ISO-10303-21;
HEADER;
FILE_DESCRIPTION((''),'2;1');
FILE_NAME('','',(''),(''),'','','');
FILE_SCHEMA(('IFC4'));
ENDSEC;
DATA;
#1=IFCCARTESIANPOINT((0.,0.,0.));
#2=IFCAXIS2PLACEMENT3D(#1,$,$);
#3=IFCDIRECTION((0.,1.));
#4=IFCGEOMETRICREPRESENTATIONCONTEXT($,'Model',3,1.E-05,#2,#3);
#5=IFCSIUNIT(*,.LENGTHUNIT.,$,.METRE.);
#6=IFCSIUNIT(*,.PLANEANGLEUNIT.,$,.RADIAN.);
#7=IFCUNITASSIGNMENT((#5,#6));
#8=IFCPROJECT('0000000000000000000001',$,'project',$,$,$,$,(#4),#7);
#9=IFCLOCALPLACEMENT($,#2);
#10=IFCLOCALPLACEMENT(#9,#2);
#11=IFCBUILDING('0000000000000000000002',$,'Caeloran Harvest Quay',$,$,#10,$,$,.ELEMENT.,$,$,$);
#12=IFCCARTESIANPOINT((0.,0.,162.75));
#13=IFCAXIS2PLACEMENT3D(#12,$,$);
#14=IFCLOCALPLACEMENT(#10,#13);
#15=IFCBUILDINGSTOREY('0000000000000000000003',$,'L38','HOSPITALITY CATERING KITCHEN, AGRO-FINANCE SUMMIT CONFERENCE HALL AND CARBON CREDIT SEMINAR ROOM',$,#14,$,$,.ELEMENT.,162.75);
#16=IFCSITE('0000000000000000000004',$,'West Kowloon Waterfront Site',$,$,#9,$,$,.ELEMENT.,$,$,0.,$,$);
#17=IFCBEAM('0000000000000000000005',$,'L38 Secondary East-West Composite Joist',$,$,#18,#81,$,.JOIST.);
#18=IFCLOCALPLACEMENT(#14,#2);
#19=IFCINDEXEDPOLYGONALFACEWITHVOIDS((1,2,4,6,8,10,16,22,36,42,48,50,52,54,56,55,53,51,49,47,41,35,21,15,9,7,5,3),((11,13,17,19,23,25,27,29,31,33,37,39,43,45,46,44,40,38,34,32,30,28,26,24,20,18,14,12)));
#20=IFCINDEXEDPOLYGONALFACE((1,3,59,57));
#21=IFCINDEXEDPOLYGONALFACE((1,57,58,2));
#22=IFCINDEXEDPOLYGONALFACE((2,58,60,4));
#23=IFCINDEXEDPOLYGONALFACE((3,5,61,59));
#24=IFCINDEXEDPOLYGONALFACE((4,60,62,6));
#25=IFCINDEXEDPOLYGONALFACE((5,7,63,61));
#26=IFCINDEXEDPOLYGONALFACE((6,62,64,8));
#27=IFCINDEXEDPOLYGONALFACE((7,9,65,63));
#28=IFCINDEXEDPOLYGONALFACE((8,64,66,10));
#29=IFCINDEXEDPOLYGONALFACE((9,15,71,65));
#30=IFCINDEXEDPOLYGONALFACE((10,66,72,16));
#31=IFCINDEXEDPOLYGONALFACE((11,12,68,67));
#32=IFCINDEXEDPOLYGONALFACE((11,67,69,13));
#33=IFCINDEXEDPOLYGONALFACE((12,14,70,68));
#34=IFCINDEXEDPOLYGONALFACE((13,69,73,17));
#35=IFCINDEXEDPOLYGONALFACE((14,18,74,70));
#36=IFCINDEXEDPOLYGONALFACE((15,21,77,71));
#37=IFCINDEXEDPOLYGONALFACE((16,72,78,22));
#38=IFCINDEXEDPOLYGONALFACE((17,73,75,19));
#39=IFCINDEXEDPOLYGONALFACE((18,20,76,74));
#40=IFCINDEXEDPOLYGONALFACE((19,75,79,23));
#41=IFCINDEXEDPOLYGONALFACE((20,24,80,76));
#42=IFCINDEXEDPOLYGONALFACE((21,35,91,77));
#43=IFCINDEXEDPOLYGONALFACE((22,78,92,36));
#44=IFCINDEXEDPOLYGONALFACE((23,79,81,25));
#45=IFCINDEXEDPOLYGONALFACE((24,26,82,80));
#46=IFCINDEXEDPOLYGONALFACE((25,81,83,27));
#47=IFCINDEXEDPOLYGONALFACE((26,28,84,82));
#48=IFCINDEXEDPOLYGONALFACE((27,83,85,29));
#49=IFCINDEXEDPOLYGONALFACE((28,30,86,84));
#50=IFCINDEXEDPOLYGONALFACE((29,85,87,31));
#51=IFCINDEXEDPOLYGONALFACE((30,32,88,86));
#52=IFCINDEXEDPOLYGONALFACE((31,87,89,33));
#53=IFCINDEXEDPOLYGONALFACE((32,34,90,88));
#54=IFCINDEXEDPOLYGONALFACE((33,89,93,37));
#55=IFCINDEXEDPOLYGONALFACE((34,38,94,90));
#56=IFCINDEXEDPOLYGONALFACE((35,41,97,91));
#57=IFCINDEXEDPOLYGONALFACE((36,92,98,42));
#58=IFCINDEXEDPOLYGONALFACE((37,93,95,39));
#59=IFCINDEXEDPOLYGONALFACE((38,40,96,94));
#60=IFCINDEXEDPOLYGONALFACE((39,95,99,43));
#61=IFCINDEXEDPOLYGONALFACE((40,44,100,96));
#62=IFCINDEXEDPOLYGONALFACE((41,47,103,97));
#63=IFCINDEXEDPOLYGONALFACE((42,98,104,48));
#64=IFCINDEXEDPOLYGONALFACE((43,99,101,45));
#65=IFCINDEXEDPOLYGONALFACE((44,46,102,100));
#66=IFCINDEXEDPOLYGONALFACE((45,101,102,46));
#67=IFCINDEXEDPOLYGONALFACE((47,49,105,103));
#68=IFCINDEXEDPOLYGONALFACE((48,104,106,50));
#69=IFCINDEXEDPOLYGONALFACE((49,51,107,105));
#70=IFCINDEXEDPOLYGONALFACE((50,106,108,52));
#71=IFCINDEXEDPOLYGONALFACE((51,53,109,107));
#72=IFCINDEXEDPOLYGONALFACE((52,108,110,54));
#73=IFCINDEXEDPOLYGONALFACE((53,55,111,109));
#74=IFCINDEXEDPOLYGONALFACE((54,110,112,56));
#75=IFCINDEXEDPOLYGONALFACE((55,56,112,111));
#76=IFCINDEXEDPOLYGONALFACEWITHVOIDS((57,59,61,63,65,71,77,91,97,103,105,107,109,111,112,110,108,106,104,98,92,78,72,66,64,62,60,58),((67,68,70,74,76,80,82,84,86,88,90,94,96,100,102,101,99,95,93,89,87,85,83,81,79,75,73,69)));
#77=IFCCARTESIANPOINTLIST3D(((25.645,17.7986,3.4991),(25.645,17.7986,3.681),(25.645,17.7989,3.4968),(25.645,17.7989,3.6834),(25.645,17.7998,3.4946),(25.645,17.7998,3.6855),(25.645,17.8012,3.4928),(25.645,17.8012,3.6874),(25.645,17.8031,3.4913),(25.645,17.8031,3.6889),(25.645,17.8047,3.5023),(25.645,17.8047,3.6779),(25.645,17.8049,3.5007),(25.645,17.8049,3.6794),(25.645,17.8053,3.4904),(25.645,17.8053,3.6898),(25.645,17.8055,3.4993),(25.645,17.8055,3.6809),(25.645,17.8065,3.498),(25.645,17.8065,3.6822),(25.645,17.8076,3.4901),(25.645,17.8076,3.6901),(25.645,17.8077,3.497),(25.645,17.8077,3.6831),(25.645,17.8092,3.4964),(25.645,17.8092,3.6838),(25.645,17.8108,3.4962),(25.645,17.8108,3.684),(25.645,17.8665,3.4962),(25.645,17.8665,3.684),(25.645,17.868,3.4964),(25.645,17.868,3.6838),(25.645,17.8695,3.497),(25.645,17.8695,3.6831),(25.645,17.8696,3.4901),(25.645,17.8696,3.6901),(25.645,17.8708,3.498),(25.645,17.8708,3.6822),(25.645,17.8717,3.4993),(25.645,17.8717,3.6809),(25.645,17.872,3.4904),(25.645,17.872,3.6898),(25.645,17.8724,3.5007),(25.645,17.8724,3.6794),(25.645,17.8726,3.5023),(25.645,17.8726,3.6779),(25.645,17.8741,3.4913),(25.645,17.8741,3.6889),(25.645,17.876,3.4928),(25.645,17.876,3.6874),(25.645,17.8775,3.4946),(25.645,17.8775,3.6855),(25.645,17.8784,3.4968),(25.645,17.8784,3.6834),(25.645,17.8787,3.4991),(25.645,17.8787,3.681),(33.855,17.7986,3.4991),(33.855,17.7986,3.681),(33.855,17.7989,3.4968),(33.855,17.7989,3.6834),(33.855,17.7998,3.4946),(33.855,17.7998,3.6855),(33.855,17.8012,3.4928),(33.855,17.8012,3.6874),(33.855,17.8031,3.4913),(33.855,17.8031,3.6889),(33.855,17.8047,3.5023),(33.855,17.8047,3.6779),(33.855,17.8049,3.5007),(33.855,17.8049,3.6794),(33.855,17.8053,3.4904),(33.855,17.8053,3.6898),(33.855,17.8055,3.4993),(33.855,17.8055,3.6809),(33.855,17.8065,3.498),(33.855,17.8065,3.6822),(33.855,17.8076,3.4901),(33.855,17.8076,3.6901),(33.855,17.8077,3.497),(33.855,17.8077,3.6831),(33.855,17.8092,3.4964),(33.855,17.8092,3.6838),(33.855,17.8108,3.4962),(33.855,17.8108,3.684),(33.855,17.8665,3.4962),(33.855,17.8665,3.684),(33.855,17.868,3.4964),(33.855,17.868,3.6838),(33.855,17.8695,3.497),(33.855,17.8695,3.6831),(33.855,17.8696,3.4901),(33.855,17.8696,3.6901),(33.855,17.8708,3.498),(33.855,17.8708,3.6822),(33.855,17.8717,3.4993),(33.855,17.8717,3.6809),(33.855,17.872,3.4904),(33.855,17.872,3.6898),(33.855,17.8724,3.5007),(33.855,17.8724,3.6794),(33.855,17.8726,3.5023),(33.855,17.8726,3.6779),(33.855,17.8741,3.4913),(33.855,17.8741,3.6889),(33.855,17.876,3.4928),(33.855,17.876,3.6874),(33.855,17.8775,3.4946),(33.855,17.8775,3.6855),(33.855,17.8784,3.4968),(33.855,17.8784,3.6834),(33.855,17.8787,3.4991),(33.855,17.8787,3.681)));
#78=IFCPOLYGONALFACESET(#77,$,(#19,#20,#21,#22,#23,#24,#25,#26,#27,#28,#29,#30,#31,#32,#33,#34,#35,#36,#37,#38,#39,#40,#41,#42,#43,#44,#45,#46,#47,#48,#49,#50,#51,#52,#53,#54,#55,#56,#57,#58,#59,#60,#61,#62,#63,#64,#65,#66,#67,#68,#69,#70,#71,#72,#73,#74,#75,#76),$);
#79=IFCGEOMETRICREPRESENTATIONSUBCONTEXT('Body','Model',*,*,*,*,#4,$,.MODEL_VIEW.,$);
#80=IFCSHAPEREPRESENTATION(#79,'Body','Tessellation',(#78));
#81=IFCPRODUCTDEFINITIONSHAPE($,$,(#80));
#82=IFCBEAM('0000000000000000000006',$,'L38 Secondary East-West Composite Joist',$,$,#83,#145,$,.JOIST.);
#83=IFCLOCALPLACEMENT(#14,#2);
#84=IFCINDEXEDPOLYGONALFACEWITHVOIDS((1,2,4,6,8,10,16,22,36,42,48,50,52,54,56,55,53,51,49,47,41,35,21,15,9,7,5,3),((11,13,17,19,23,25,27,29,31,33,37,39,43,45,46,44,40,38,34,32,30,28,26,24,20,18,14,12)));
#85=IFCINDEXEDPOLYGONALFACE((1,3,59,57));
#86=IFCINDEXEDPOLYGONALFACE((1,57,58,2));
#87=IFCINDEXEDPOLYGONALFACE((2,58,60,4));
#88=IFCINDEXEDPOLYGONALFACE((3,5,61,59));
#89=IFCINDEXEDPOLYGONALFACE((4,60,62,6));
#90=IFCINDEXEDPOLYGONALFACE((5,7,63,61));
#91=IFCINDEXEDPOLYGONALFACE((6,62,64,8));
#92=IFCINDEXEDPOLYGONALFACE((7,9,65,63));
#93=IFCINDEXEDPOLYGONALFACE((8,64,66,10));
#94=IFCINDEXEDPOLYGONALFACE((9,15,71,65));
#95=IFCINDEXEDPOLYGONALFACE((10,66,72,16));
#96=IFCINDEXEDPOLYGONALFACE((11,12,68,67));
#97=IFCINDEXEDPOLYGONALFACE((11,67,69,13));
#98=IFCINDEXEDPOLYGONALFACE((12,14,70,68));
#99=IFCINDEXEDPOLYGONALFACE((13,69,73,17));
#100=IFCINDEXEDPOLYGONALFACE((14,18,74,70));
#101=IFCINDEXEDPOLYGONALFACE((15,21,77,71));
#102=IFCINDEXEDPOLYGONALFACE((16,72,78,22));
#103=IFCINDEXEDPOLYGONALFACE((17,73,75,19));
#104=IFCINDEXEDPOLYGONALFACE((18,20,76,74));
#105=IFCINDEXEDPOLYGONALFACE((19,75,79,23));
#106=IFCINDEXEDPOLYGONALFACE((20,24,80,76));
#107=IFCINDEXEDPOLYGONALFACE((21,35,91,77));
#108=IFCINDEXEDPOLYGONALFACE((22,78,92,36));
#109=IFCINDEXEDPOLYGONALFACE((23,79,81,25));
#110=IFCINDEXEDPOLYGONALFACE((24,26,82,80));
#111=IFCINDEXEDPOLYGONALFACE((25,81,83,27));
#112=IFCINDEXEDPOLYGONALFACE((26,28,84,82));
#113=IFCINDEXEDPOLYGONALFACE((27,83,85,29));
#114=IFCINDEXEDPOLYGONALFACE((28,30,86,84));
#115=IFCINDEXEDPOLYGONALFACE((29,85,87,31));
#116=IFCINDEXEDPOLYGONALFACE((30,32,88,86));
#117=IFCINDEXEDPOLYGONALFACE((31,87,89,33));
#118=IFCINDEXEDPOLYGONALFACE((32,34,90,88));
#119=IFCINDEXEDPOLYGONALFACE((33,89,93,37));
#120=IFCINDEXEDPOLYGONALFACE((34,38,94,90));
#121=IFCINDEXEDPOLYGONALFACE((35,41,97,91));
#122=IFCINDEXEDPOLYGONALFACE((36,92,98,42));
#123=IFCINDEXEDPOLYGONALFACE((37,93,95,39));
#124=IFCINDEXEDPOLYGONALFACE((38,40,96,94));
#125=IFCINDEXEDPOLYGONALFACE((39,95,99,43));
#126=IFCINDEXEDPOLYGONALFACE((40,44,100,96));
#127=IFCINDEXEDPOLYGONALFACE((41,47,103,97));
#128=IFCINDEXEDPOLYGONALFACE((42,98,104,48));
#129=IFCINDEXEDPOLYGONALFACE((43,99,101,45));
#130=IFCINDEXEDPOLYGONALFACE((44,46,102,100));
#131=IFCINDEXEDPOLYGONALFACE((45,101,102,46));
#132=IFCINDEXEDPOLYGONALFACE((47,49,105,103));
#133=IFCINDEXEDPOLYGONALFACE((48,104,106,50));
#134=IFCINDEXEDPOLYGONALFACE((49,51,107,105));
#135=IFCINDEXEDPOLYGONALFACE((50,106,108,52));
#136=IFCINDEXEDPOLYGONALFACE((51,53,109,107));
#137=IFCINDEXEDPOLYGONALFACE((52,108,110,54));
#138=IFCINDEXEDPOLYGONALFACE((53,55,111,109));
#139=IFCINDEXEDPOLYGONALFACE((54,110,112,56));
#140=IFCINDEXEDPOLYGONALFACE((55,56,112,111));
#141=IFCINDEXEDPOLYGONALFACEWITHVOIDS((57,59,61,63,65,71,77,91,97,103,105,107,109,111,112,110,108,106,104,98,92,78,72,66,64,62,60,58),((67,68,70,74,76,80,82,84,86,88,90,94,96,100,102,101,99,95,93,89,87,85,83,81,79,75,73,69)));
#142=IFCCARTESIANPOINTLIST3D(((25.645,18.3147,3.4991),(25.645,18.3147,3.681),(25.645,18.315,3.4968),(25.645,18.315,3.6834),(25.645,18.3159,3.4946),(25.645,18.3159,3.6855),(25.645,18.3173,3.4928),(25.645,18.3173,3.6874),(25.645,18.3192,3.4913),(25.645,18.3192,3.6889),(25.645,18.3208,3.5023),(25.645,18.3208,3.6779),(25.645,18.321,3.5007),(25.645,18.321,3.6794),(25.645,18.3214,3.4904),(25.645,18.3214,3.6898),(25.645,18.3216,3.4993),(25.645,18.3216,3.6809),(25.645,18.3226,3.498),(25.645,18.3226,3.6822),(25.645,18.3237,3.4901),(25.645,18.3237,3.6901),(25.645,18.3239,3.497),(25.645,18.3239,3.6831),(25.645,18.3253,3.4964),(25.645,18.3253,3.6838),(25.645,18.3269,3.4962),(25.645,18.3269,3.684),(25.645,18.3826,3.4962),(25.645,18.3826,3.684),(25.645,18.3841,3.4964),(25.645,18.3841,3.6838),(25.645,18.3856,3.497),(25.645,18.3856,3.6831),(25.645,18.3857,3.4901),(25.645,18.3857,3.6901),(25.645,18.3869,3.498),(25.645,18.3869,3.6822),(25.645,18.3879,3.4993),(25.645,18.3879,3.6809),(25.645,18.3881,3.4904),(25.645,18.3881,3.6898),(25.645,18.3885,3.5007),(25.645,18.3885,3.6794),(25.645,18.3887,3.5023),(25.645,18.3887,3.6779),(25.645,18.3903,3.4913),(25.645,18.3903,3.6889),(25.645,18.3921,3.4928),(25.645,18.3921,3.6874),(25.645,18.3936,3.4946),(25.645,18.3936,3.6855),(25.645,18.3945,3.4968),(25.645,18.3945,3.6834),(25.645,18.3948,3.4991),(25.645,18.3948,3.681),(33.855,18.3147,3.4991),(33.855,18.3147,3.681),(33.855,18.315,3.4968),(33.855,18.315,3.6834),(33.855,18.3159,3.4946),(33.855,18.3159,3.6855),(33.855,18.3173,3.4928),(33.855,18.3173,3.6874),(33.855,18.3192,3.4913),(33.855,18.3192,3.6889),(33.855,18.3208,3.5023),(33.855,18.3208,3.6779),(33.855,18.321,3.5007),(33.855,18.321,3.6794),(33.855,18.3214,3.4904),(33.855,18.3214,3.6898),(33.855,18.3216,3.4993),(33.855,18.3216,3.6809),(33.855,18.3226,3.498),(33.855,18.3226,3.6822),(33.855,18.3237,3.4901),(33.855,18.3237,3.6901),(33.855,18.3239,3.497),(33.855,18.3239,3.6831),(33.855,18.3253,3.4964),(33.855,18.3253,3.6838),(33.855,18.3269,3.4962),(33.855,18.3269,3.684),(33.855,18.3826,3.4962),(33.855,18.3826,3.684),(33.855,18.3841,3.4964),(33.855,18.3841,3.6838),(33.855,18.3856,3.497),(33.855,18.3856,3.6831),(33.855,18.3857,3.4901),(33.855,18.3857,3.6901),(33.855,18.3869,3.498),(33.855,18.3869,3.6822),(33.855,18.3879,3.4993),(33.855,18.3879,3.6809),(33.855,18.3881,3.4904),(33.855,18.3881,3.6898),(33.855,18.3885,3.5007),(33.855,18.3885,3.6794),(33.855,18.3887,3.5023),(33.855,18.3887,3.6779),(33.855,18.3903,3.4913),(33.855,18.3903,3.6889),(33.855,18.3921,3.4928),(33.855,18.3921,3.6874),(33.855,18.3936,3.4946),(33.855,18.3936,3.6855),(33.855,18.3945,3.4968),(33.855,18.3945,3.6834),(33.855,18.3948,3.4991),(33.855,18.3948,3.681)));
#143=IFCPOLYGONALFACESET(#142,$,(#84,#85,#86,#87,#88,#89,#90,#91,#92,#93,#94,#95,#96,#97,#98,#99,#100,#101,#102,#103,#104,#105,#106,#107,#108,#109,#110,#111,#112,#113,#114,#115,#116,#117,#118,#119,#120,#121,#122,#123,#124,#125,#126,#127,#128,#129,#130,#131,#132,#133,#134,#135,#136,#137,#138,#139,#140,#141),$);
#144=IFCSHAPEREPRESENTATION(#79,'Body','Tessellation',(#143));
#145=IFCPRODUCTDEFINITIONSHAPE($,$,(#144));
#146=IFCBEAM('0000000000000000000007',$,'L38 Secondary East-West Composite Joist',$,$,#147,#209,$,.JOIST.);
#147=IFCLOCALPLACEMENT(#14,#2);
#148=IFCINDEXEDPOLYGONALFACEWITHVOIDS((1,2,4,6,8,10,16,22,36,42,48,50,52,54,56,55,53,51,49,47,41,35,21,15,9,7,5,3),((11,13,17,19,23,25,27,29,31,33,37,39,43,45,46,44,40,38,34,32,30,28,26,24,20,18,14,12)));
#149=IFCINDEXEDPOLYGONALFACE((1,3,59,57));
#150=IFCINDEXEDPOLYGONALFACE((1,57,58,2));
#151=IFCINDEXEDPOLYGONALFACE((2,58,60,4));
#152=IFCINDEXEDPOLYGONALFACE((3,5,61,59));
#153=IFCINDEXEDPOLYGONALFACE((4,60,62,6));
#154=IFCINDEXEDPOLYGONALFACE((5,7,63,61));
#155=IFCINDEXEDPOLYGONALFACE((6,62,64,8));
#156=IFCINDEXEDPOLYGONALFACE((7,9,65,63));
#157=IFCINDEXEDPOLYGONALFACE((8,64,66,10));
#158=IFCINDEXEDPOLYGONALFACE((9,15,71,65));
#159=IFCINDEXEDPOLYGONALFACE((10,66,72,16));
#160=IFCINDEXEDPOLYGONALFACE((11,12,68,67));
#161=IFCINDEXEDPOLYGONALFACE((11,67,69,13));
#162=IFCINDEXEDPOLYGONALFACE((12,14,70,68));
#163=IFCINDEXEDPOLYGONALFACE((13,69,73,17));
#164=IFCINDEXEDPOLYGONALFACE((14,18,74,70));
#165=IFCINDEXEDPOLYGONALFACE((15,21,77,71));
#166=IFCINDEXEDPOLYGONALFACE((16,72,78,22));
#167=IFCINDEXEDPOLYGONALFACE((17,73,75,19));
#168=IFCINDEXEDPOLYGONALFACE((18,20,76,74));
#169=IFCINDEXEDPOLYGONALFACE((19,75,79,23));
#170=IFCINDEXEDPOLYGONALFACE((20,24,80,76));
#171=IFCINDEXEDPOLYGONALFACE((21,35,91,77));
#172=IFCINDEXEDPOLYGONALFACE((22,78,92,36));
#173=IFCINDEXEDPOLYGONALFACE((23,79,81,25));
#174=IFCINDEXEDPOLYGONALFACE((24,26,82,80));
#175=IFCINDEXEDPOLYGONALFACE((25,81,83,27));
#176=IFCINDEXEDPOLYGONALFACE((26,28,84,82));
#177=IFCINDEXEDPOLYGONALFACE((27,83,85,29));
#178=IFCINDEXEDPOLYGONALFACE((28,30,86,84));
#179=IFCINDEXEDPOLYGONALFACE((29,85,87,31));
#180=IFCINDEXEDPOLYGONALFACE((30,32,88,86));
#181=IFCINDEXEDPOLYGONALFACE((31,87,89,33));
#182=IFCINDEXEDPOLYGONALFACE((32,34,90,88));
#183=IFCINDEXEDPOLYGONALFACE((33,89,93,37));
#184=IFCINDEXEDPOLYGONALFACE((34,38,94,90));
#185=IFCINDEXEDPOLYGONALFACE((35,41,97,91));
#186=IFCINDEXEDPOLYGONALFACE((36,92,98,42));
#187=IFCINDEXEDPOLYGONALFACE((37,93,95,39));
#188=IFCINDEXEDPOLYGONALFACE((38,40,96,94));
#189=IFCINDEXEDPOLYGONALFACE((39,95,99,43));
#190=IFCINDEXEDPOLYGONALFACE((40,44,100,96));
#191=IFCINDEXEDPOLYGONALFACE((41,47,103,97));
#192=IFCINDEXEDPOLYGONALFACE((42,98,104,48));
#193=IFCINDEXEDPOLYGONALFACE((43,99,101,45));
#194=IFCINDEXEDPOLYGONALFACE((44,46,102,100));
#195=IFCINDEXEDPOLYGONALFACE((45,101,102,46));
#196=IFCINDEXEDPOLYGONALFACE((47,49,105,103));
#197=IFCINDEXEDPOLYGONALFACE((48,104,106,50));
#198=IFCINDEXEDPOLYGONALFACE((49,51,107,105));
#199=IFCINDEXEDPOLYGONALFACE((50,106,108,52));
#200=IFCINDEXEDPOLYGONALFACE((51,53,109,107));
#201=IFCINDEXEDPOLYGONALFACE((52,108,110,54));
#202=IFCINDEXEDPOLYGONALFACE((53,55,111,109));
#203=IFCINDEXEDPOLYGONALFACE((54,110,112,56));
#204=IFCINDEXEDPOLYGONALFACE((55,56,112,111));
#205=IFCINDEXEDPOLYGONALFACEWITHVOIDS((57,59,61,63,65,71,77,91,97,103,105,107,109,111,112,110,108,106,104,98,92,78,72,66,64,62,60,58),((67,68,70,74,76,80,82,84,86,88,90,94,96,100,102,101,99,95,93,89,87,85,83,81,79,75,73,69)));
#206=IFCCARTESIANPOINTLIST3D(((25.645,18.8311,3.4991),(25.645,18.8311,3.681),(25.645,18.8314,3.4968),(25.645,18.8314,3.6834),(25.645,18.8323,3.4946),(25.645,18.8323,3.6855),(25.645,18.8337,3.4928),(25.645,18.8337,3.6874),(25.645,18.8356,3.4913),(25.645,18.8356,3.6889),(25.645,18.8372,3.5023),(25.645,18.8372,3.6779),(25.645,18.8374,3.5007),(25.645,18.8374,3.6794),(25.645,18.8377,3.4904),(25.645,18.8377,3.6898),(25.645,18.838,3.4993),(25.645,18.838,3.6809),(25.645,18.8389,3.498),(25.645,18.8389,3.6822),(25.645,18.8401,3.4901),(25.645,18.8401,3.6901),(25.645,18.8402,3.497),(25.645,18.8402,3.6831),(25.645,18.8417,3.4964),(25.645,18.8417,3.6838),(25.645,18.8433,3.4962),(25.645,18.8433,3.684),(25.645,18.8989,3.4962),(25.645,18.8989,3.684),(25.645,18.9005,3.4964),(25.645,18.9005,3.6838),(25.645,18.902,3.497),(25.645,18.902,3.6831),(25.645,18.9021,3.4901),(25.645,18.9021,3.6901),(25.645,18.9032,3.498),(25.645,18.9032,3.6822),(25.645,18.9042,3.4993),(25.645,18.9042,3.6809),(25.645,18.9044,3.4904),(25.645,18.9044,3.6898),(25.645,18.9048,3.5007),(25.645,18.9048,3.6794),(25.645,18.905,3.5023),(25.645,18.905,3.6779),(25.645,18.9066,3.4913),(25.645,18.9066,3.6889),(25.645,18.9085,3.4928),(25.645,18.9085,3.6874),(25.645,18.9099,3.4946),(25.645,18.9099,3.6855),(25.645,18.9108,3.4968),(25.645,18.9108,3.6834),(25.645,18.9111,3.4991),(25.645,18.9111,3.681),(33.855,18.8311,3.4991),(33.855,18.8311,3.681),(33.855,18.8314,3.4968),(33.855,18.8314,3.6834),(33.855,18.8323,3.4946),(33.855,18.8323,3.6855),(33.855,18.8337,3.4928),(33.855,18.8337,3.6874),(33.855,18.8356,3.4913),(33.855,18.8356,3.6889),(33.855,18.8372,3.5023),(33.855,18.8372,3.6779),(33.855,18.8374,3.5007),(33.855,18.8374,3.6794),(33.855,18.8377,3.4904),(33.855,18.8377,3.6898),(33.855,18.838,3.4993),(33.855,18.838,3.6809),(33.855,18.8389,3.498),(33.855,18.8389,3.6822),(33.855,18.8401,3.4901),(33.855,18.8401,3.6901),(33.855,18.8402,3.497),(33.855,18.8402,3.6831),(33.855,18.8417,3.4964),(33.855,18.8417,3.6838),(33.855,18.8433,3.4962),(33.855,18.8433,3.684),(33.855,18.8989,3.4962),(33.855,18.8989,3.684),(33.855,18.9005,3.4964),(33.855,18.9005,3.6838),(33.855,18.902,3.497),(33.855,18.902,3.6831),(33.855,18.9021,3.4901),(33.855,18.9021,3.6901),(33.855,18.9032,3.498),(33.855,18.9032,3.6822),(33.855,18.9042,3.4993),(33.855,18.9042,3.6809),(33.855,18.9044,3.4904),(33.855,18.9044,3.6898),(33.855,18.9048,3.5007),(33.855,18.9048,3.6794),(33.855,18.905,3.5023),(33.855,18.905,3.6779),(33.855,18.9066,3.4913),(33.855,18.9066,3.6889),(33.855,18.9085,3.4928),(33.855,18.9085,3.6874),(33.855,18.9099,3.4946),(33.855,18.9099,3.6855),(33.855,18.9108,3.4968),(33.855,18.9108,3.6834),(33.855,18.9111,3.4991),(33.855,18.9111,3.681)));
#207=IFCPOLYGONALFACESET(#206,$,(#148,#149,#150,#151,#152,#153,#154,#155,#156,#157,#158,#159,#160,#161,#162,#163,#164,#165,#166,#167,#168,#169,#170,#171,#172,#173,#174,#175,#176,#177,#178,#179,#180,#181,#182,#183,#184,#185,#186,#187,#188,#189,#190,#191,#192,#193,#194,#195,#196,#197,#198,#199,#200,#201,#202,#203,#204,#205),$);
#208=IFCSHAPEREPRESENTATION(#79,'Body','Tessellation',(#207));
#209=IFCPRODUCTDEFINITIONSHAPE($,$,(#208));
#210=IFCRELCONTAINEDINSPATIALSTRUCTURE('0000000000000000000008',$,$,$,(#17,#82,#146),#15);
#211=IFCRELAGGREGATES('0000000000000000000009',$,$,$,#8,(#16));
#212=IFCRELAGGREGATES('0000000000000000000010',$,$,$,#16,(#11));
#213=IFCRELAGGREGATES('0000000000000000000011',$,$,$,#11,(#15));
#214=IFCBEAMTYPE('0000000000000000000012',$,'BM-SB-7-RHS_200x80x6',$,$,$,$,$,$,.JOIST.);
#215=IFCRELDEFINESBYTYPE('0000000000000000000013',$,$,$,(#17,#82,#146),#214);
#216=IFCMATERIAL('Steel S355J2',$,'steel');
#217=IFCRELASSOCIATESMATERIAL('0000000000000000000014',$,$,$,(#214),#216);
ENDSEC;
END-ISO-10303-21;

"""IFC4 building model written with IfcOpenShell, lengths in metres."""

from ifc_helpers import new_model, si_unit, direction, frame, origin, origin_2d, place, context, subcontext, project, spatial, hollow_rectangle, extrude, material, material_profile, profile_set, type_object, element, save


model = new_model("IFC4")

# Units and contexts
model_context = context("Model", 3, precision=1e-05, world=origin(), true_north=direction((0.0, 1.0)))
body_context = subcontext(model_context, "Body", "Model", "MODEL_VIEW")
ifc_project = project(units=[si_unit("LENGTHUNIT", "METRE"), si_unit("PLANEANGLEUNIT", "RADIAN")], contexts=[model_context])

# Site, building, storey
site_placement = place(None, origin())
site = spatial("IfcSite", under=ifc_project, at=site_placement, Name="West Kowloon Waterfront Site", CompositionType="ELEMENT", RefElevation=0.0)
building_placement = place(site_placement, origin())
building = spatial("IfcBuilding", under=site, at=building_placement, Name="Caeloran Harvest Quay", CompositionType="ELEMENT")
storey_placement = place(building_placement, frame((0.0, 0.0, 162.75)))
storey = spatial("IfcBuildingStorey", under=building, at=storey_placement, Name="L38", Description="HOSPITALITY CATERING KITCHEN, AGRO-FINANCE SUMMIT CONFERENCE HALL AND CARBON CREDIT SEMINAR ROOM", CompositionType="ELEMENT", Elevation=162.75)

# Beams
ifc_material_1 = material(Name="Steel S355J2", Category="steel")
ifc_material_profile_1 = material_profile(ifc_material_1, hollow_rectangle(XDim=0.0801, YDim=0.2, WallThickness=0.0061, InnerFilletRadius=0.0061, OuterFilletRadius=0.009, at=origin_2d()), Name="RHS 200x80x6")
ifc_profile_set_1 = profile_set([ifc_material_profile_1], Name="Steel S355J2")
beam_type_1 = type_object("IfcBeamType", Name="BM-SB-7-RHS_200x80x6", PredefinedType="JOIST", material=ifc_profile_set_1)
for number, where, z_axis, x_axis, name in (
    (1, (25.645, 17.8386, 3.5901), (1.0, 0.0, 0.0), (0.0, 1.0, 0.0), "L38 Secondary East-West Composite Joist"),
    (2, (25.645, 18.3547, 3.5901), (1.0, 0.0, 0.0), (0.0, 1.0, 0.0), "L38 Secondary East-West Composite Joist"),
    (3, (25.645, 18.8711, 3.5901), (1.0, 0.0, 0.0), (0.0, 1.0, 0.0), "L38 Secondary East-West Composite Joist"),
):
    element("IfcBeam", number, at=place(storey_placement, frame(where, z_axis=z_axis, x_axis=x_axis)), inside=storey, type_object=beam_type_1, Name=name, PredefinedType="JOIST", context=body_context, shape_type="SweptSolid", body=[
        extrude(hollow_rectangle(XDim=0.0801, YDim=0.2, WallThickness=0.0061, InnerFilletRadius=0.0061, OuterFilletRadius=0.009, at=origin_2d()), origin(), (0.0, 0.0, 1.0), 8.21),
    ])

save(model, "model.ifc")
